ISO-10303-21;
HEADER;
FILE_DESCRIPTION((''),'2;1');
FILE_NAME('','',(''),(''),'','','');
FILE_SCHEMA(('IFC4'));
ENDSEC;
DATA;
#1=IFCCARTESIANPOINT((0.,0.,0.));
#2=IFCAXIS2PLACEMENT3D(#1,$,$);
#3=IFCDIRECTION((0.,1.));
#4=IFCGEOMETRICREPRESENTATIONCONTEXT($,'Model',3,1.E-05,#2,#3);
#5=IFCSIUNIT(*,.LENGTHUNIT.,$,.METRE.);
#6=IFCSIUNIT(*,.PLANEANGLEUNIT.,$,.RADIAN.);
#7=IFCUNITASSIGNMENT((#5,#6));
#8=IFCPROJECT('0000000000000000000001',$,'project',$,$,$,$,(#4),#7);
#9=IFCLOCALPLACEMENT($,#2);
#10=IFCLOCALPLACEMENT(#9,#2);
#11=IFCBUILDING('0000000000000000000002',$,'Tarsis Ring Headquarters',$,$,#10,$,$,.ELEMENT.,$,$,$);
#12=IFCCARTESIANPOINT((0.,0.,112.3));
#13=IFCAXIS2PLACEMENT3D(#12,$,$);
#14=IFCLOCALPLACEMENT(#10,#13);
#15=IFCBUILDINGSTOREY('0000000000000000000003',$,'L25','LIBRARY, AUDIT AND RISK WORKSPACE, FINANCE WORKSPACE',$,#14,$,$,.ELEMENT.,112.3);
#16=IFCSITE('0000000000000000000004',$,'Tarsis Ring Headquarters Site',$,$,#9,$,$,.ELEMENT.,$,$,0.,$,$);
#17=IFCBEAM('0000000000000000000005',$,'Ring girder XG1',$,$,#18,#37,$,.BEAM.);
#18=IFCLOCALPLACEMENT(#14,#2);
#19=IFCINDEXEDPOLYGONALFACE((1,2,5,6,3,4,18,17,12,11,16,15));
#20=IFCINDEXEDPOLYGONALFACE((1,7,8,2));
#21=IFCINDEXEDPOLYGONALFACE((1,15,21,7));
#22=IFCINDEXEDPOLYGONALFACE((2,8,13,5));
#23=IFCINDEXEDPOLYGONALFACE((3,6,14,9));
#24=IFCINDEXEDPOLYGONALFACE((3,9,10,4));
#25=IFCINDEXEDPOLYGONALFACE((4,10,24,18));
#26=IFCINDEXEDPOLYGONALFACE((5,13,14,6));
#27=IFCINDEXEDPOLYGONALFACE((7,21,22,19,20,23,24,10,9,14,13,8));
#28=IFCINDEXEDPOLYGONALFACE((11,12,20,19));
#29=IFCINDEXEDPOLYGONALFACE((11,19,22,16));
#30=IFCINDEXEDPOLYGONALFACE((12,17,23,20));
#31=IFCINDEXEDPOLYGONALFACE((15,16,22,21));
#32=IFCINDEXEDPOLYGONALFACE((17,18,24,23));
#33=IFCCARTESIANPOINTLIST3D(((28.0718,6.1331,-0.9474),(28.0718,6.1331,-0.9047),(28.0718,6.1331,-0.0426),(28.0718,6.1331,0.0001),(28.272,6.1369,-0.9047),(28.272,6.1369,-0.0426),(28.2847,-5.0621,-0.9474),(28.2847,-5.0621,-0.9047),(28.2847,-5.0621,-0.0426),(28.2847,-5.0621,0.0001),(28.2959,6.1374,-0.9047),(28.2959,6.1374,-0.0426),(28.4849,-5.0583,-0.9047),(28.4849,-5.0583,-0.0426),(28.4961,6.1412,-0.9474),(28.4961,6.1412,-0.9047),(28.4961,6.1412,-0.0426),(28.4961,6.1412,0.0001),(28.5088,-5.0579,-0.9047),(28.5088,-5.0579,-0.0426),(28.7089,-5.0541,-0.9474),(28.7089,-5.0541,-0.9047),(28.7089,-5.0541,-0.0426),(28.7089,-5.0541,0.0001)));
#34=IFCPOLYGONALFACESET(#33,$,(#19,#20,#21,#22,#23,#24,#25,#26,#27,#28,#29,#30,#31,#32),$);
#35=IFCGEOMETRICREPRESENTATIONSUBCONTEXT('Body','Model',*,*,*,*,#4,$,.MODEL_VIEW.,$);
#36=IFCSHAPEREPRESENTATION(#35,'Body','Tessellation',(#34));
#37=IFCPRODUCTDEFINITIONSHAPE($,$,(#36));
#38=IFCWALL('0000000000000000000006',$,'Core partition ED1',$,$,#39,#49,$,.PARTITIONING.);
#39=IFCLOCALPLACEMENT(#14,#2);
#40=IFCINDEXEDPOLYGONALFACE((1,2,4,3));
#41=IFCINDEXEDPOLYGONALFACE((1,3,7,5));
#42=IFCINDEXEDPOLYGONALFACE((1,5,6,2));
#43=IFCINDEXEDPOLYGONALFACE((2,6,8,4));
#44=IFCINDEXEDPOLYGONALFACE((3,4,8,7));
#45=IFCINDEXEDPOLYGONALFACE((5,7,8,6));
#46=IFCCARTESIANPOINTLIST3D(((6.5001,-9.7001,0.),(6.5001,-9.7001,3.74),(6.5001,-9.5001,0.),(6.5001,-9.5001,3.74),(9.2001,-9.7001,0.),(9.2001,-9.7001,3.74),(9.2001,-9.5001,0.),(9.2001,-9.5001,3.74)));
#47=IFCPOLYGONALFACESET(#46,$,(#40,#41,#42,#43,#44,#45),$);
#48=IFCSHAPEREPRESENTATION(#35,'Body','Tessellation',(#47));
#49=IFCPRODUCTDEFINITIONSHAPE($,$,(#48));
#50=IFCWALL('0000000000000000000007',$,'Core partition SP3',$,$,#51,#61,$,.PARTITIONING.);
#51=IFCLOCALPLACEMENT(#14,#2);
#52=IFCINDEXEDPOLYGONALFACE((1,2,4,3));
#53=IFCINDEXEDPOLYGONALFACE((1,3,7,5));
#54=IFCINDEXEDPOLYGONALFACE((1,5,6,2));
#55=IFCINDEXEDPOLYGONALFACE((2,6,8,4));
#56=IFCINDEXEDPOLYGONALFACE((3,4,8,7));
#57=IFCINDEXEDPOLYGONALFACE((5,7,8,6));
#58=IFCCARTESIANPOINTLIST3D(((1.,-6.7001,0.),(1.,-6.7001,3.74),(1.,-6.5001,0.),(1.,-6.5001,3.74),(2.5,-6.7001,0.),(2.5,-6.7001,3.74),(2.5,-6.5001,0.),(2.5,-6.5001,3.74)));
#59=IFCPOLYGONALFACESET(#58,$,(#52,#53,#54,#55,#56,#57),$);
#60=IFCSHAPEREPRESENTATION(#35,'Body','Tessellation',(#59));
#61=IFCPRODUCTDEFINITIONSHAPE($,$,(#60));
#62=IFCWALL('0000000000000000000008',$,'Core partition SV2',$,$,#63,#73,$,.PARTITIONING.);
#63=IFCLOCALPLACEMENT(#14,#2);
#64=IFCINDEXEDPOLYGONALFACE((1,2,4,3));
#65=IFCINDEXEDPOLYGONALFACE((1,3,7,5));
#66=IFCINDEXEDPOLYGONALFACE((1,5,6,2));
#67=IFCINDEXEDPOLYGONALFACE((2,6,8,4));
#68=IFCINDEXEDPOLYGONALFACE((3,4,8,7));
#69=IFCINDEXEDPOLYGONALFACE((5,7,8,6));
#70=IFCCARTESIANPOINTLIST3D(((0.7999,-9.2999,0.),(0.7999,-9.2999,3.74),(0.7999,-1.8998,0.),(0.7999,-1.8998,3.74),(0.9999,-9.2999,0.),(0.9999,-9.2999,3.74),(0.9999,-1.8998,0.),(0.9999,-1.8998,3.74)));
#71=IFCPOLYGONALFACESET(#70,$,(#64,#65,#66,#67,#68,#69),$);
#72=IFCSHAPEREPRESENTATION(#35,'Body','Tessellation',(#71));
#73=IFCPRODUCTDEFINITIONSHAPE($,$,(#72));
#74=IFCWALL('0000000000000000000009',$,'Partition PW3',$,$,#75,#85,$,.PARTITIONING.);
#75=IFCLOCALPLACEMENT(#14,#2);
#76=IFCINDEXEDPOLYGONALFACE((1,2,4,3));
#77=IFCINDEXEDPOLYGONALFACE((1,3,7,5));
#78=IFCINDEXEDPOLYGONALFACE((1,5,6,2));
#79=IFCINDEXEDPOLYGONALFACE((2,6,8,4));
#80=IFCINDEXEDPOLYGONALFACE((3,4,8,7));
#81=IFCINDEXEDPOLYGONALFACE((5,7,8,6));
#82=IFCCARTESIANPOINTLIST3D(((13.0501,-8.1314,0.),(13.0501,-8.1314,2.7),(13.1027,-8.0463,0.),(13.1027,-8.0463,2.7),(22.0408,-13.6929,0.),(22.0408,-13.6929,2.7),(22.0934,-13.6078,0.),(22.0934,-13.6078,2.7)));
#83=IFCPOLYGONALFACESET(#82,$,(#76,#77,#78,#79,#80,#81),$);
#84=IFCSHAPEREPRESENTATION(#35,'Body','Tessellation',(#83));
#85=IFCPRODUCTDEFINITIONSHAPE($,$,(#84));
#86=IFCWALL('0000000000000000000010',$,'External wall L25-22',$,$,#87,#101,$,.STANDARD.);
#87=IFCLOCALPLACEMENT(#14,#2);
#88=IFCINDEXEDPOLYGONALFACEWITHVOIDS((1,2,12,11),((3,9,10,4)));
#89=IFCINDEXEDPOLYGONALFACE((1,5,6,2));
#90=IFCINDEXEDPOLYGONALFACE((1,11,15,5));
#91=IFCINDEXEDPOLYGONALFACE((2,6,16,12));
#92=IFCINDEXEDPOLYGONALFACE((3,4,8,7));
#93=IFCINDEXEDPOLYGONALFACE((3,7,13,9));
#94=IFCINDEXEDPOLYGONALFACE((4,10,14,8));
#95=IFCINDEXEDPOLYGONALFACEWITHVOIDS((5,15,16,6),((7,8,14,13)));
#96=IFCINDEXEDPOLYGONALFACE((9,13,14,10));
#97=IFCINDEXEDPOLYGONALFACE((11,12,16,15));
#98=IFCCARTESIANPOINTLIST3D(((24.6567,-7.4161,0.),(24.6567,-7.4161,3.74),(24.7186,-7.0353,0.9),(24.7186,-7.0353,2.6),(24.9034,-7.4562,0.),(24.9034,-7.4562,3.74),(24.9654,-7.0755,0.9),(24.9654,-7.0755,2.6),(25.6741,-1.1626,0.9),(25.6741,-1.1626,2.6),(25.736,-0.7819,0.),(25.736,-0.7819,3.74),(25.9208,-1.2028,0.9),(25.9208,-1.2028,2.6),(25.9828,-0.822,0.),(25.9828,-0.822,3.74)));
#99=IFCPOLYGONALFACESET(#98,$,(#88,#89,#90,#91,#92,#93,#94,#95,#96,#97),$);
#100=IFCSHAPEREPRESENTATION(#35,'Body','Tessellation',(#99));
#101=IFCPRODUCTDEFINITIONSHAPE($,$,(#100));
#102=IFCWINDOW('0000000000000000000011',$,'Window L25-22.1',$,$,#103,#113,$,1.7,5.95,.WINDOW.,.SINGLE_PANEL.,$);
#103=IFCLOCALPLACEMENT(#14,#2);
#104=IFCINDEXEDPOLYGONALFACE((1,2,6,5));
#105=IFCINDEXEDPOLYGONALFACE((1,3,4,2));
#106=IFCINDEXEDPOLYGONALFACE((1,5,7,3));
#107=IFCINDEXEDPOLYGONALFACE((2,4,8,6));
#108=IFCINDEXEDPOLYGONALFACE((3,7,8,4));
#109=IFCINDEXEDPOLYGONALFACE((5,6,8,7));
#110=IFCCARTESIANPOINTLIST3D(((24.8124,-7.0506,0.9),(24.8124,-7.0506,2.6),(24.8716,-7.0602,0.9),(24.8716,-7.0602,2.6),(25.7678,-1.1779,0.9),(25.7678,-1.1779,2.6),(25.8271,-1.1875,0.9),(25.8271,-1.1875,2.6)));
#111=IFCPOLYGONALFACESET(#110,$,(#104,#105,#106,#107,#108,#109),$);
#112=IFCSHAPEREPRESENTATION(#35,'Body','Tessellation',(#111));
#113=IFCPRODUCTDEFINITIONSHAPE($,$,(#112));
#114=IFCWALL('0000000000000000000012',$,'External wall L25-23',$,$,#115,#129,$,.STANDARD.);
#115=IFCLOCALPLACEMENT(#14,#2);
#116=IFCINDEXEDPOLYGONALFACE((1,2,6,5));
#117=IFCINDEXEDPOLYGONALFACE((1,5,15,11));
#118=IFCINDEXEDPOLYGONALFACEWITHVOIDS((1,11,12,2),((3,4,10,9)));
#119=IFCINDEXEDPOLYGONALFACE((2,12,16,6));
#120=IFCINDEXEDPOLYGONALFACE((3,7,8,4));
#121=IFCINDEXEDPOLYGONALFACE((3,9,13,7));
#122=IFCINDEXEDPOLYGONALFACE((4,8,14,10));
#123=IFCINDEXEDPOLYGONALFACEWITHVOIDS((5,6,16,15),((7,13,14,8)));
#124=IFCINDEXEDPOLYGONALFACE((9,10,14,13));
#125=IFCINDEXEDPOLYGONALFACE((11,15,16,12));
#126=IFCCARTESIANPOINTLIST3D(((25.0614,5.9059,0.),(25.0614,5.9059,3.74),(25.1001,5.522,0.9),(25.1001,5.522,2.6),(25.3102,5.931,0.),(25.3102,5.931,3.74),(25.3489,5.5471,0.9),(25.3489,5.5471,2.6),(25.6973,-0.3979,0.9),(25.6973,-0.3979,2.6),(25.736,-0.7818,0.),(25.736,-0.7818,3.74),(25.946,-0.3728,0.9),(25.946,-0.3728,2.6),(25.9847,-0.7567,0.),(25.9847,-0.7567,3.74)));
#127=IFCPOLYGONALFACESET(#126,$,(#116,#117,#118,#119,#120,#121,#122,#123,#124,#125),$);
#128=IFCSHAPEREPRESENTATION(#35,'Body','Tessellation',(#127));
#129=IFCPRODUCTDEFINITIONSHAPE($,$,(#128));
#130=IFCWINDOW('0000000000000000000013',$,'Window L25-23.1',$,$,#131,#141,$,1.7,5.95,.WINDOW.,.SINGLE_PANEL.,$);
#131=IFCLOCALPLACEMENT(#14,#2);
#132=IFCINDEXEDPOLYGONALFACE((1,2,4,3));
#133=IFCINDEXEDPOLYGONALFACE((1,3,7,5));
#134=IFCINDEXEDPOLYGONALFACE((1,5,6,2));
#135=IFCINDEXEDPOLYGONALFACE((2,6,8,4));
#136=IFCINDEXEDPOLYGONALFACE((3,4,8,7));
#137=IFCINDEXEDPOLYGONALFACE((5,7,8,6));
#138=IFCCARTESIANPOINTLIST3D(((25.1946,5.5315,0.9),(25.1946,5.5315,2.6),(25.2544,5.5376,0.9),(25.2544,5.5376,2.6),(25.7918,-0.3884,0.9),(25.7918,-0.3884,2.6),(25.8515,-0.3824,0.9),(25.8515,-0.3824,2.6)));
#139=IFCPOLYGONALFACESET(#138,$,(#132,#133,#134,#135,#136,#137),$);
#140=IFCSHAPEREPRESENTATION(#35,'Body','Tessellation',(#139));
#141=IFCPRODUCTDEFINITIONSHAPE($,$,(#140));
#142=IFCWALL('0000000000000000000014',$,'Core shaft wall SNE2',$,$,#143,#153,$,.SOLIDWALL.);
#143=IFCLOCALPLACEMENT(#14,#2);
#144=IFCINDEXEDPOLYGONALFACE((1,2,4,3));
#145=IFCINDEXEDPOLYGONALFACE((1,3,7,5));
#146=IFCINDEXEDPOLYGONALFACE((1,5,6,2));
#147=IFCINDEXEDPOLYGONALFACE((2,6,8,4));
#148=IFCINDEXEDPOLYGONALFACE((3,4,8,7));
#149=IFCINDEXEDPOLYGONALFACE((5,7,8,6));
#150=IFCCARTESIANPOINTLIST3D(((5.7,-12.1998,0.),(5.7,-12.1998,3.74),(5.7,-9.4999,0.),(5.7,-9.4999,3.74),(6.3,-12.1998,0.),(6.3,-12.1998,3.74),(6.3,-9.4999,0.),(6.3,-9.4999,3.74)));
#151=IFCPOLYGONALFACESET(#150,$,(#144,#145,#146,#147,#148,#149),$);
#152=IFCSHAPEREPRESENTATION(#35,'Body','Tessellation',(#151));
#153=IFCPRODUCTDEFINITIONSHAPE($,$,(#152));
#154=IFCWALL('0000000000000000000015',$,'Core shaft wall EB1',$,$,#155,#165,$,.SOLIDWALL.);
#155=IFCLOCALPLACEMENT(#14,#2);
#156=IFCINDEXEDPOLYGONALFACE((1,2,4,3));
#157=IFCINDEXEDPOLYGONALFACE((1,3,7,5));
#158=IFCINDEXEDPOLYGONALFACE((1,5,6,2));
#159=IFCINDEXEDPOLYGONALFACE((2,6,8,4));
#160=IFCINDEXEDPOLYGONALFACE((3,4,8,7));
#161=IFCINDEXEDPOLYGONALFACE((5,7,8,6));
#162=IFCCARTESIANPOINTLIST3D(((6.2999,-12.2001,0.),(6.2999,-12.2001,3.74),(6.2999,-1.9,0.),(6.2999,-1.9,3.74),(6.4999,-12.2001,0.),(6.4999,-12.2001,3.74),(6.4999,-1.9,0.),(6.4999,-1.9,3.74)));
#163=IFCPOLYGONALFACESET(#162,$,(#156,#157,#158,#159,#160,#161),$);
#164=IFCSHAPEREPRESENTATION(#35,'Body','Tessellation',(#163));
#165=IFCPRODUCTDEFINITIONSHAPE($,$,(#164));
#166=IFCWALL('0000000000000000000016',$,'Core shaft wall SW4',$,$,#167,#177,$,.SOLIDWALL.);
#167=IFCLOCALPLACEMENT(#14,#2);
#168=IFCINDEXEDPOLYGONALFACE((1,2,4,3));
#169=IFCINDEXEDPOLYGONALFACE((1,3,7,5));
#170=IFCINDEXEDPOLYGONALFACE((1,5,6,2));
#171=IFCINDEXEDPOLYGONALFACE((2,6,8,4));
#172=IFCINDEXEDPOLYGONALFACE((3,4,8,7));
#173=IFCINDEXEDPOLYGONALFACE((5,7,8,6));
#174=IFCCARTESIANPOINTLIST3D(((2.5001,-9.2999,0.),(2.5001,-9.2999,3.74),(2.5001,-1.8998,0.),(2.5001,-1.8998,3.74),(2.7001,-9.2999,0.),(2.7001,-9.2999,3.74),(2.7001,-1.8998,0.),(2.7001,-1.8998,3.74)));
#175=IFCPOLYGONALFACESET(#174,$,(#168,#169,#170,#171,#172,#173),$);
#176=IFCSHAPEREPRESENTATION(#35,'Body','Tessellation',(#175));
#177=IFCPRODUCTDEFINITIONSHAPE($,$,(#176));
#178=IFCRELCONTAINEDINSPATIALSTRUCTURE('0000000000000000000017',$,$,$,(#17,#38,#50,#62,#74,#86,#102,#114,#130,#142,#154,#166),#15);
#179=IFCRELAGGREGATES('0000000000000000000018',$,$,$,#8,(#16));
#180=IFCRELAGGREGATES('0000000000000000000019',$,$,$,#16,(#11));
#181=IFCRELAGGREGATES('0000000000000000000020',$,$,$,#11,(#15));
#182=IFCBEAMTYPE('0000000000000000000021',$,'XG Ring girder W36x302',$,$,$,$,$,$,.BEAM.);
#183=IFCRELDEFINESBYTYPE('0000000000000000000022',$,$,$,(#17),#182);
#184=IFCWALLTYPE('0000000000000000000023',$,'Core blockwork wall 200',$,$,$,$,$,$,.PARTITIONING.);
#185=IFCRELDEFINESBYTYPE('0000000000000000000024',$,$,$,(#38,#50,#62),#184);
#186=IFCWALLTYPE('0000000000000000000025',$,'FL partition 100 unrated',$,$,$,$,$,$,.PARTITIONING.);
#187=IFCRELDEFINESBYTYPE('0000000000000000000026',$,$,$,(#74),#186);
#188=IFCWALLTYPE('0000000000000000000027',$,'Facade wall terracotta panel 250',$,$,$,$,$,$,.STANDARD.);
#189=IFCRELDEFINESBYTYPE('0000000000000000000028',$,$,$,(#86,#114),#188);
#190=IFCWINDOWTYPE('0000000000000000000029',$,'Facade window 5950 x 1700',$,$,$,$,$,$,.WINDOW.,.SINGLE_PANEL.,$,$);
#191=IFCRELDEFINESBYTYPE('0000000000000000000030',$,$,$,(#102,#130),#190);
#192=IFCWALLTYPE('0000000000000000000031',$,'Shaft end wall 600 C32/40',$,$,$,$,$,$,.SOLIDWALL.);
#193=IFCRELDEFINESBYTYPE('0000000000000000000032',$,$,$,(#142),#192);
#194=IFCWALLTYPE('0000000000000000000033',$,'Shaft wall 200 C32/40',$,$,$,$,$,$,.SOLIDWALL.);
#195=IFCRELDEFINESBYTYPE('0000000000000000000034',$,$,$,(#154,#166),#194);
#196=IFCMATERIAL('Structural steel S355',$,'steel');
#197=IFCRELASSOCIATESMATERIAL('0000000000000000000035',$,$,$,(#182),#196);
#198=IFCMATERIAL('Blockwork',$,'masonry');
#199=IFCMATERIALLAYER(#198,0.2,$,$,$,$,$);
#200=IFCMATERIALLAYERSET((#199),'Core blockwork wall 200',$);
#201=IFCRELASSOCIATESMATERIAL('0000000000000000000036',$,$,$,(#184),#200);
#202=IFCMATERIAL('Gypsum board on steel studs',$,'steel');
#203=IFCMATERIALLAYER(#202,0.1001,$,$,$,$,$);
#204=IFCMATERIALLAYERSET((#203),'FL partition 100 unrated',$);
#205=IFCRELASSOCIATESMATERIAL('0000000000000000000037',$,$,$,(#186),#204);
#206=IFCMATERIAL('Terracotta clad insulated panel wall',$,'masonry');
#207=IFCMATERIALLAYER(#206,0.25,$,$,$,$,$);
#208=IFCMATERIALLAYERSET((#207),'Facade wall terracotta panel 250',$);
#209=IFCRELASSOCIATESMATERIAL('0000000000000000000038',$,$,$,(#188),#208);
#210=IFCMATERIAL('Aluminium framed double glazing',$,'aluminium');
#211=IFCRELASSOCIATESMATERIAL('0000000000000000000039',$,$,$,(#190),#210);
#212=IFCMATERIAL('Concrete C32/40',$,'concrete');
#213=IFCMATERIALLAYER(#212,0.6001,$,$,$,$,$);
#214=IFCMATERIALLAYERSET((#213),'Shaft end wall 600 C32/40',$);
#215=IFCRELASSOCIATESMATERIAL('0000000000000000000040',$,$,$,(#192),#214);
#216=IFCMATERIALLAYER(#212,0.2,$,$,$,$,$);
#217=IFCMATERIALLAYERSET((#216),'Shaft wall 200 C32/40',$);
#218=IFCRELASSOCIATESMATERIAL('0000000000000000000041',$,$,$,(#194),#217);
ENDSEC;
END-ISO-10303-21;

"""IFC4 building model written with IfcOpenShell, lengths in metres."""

from ifc_helpers import new_model, si_unit, direction, frame, frame_2d, origin, origin_2d, place, context, subcontext, project, spatial, rectangle, i_section, extrude, material, layer, layer_set, material_profile, profile_set, type_object, element, fill, save


model = new_model("IFC4")

# Units and contexts
model_context = context("Model", 3, precision=1e-05, world=origin(), true_north=direction((0.0, 1.0)))
body_context = subcontext(model_context, "Body", "Model", "MODEL_VIEW")
ifc_project = project(units=[si_unit("LENGTHUNIT", "METRE"), si_unit("PLANEANGLEUNIT", "RADIAN")], contexts=[model_context])

# Site, building, storey
site_placement = place(None, origin())
site = spatial("IfcSite", under=ifc_project, at=site_placement, Name="Tarsis Ring Headquarters Site", CompositionType="ELEMENT", RefElevation=0.0)
building_placement = place(site_placement, origin())
building = spatial("IfcBuilding", under=site, at=building_placement, Name="Tarsis Ring Headquarters", CompositionType="ELEMENT")
storey_placement = place(building_placement, frame((0.0, 0.0, 112.3)))
storey = spatial("IfcBuildingStorey", under=building, at=storey_placement, Name="L25", Description="LIBRARY, AUDIT AND RISK WORKSPACE, FINANCE WORKSPACE", CompositionType="ELEMENT", Elevation=112.3)

# Shared definitions
ifc_material_1 = material(Name="Structural steel S355", Category="steel")

# Beam
ifc_material_profile_1 = material_profile(ifc_material_1, i_section(OverallWidth=0.4243, OverallDepth=0.9475, WebThickness=0.0239, FlangeThickness=0.0427, at=origin_2d()), Name="W36x302")
ifc_profile_set_1 = profile_set([ifc_material_profile_1], Name="Structural steel S355")
beam_type_1 = type_object("IfcBeamType", Name="XG Ring girder W36x302", PredefinedType="BEAM", material=ifc_profile_set_1)
beam_1_placement = place(storey_placement, frame((28.4968, -5.0581, -0.4736), z_axis=(-0.019013, 0.999819, 0.0), x_axis=(-0.999819, -0.019013, 0.0)))
element("IfcBeam", 1, at=beam_1_placement, inside=storey, type_object=beam_type_1, Name="Ring girder XG1", PredefinedType="BEAM", context=body_context, shape_type="SweptSolid", body=[
    extrude(i_section(OverallWidth=0.4243, OverallDepth=0.9475, WebThickness=0.0239, FlangeThickness=0.0427, at=origin_2d()), origin(), (0.0, 0.0, 1.0), 11.1973),
])

# Walls
ifc_material_2 = material(Name="Blockwork", Category="masonry")
ifc_layer_1 = layer(ifc_material_2, 0.2)
ifc_layer_set_1 = layer_set([ifc_layer_1], Name="Core blockwork wall 200")
wall_type_1 = type_object("IfcWallType", Name="Core blockwork wall 200", PredefinedType="PARTITIONING", material=ifc_layer_set_1)
wall_1_placement = place(storey_placement, frame((6.5, -9.6001, 0.0), z_axis=(0.0, 0.0, 1.0), x_axis=(1.0, 0.0, 0.0)))
element("IfcWall", 2, at=wall_1_placement, inside=storey, type_object=wall_type_1, Name="Core partition ED1", PredefinedType="PARTITIONING", context=body_context, shape_type="SweptSolid", body=[
    extrude(rectangle(XDim=2.7, YDim=0.2, at=frame_2d((1.3501, 0.0))), origin(), (0.0, 0.0, 1.0), 3.74),
])
wall_2_placement = place(storey_placement, frame((1.0, -6.6001, 0.0), z_axis=(0.0, 0.0, 1.0), x_axis=(1.0, 0.0, 0.0)))
element("IfcWall", 3, at=wall_2_placement, inside=storey, type_object=wall_type_1, Name="Core partition SP3", PredefinedType="PARTITIONING", context=body_context, shape_type="SweptSolid", body=[
    extrude(rectangle(XDim=1.5, YDim=0.2, at=frame_2d((0.75, 0.0))), origin(), (0.0, 0.0, 1.0), 3.74),
])
wall_3_placement = place(storey_placement, frame((0.8999, -9.3, 0.0), z_axis=(0.0, 0.0, 1.0), x_axis=(0.0, 1.0, 0.0)))
element("IfcWall", 4, at=wall_3_placement, inside=storey, type_object=wall_type_1, Name="Core partition SV2", PredefinedType="PARTITIONING", context=body_context, shape_type="SweptSolid", body=[
    extrude(rectangle(XDim=7.4001, YDim=0.2, at=frame_2d((3.7002, 0.0))), origin(), (0.0, 0.0, 1.0), 3.74),
])
ifc_material_3 = material(Name="Gypsum board on steel studs", Category="steel")
ifc_layer_2 = layer(ifc_material_3, 0.1001)
ifc_layer_set_2 = layer_set([ifc_layer_2], Name="FL partition 100 unrated")
wall_type_2 = type_object("IfcWallType", Name="FL partition 100 unrated", PredefinedType="PARTITIONING", material=ifc_layer_set_2)
wall_4_placement = place(storey_placement, frame((13.0764, -8.0889, 0.0), z_axis=(0.0, 0.0, 1.0), x_axis=(0.850441, -0.52607, 0.0)))
element("IfcWall", 5, at=wall_4_placement, inside=storey, type_object=wall_type_2, Name="Partition PW3", PredefinedType="PARTITIONING", context=body_context, shape_type="SweptSolid", body=[
    extrude(rectangle(XDim=10.5718, YDim=0.1001, at=frame_2d((5.2859, 0.0))), origin(), (0.0, 0.0, 1.0), 2.7),
])

# Walls, openings, windows
ifc_material_4 = material(Name="Terracotta clad insulated panel wall", Category="masonry")
ifc_layer_3 = layer(ifc_material_4, 0.25)
ifc_layer_set_3 = layer_set([ifc_layer_3], Name="Facade wall terracotta panel 250")
wall_type_3 = type_object("IfcWallType", Name="Facade wall terracotta panel 250", PredefinedType="STANDARD", material=ifc_layer_set_3)
wall_5_placement = place(storey_placement, frame((24.78, -7.4363, 0.0), z_axis=(0.0, 0.0, 1.0), x_axis=(0.160581, 0.987023, 0.0)))
wall_5 = element("IfcWall", 6, at=wall_5_placement, inside=storey, type_object=wall_type_3, Name="External wall L25-22", PredefinedType="STANDARD", context=body_context, shape_type="SweptSolid", body=[
    extrude(rectangle(XDim=6.7214, YDim=0.25, at=frame_2d((3.3608, 0.0))), origin(), (0.0, 0.0, 1.0), 3.74),
])
opening_1_placement = place(wall_5_placement, frame((0.3857, 0.0, 0.8999)))
opening_1 = element("IfcOpeningElement", 7, at=opening_1_placement, cuts=wall_5, PredefinedType="OPENING", context=body_context, shape_type="SweptSolid", body=[
    extrude(rectangle(XDim=5.95, YDim=1.7, at=frame_2d((2.9751, 0.8501))), frame((0.0, 0.135, 0.0), z_axis=(0.0, -1.0, 0.0), x_axis=(1.0, 0.0, 0.0)), (0.0, 0.0, 1.0), 0.27),
])
ifc_material_5 = material(Name="Aluminium framed double glazing", Category="aluminium")
window_type = type_object("IfcWindowType", Name="Facade window 5950 x 1700", PartitioningType="SINGLE_PANEL", PredefinedType="WINDOW", material=ifc_material_5)
window_1_placement = place(opening_1_placement, origin())
window_1 = element("IfcWindow", 8, at=window_1_placement, inside=storey, type_object=window_type, Name="Window L25-22.1", OverallHeight=1.7, OverallWidth=5.95, PartitioningType="SINGLE_PANEL", PredefinedType="WINDOW", context=body_context, shape_type="SweptSolid", body=[
    extrude(rectangle(XDim=5.95, YDim=1.7, at=frame_2d((2.9751, 0.8501))), frame((0.0, 0.03, 0.0), z_axis=(0.0, -1.0, 0.0), x_axis=(1.0, 0.0, 0.0)), (0.0, 0.0, 1.0), 0.0601),
])
fill(opening_1, window_1)
wall_6_placement = place(storey_placement, frame((25.8604, -0.7693, 0.0), z_axis=(0.0, 0.0, 1.0), x_axis=(-0.100356, 0.994952, 0.0)))
wall_6 = element("IfcWall", 9, at=wall_6_placement, inside=storey, type_object=wall_type_3, Name="External wall L25-23", PredefinedType="STANDARD", context=body_context, shape_type="SweptSolid", body=[
    extrude(rectangle(XDim=6.7217, YDim=0.25, at=frame_2d((3.3608, 0.0))), origin(), (0.0, 0.0, 1.0), 3.74),
])
opening_2_placement = place(wall_6_placement, frame((0.3857, 0.0, 0.8999)))
opening_2 = element("IfcOpeningElement", 10, at=opening_2_placement, cuts=wall_6, PredefinedType="OPENING", context=body_context, shape_type="SweptSolid", body=[
    extrude(rectangle(XDim=5.95, YDim=1.7, at=frame_2d((2.9751, 0.8501))), frame((0.0, 0.135, 0.0), z_axis=(0.0, -1.0, 0.0), x_axis=(1.0, 0.0, 0.0)), (0.0, 0.0, 1.0), 0.27),
])
window_2_placement = place(opening_2_placement, origin())
window_2 = element("IfcWindow", 11, at=window_2_placement, inside=storey, type_object=window_type, Name="Window L25-23.1", OverallHeight=1.7, OverallWidth=5.95, PartitioningType="SINGLE_PANEL", PredefinedType="WINDOW", context=body_context, shape_type="SweptSolid", body=[
    extrude(rectangle(XDim=5.95, YDim=1.7, at=frame_2d((2.9751, 0.8501))), frame((0.0, 0.03, 0.0), z_axis=(0.0, -1.0, 0.0), x_axis=(1.0, 0.0, 0.0)), (0.0, 0.0, 1.0), 0.0601),
])
fill(opening_2, window_2)

# Walls
ifc_material_6 = material(Name="Concrete C32/40", Category="concrete")
ifc_layer_4 = layer(ifc_material_6, 0.6001)
ifc_layer_set_4 = layer_set([ifc_layer_4], Name="Shaft end wall 600 C32/40")
wall_type_4 = type_object("IfcWallType", Name="Shaft end wall 600 C32/40", PredefinedType="SOLIDWALL", material=ifc_layer_set_4)
wall_7_placement = place(storey_placement, frame((6.0, -12.2, 0.0), z_axis=(0.0, 0.0, 1.0), x_axis=(0.0, 1.0, 0.0)))
element("IfcWall", 12, at=wall_7_placement, inside=storey, type_object=wall_type_4, Name="Core shaft wall SNE2", PredefinedType="SOLIDWALL", context=body_context, shape_type="SweptSolid", body=[
    extrude(rectangle(XDim=2.7, YDim=0.6001, at=frame_2d((1.3501, 0.0))), origin(), (0.0, 0.0, 1.0), 3.74),
])
ifc_layer_5 = layer(ifc_material_6, 0.2)
ifc_layer_set_5 = layer_set([ifc_layer_5], Name="Shaft wall 200 C32/40")
wall_type_5 = type_object("IfcWallType", Name="Shaft wall 200 C32/40", PredefinedType="SOLIDWALL", material=ifc_layer_set_5)
wall_8_placement = place(storey_placement, frame((6.3999, -12.2, 0.0), z_axis=(0.0, 0.0, 1.0), x_axis=(0.0, 1.0, 0.0)))
element("IfcWall", 13, at=wall_8_placement, inside=storey, type_object=wall_type_5, Name="Core shaft wall EB1", PredefinedType="SOLIDWALL", context=body_context, shape_type="SweptSolid", body=[
    extrude(rectangle(XDim=10.3, YDim=0.2, at=frame_2d((5.1499, 0.0))), origin(), (0.0, 0.0, 1.0), 3.74),
])
wall_9_placement = place(storey_placement, frame((2.6001, -9.3, 0.0), z_axis=(0.0, 0.0, 1.0), x_axis=(0.0, 1.0, 0.0)))
element("IfcWall", 14, at=wall_9_placement, inside=storey, type_object=wall_type_5, Name="Core shaft wall SW4", PredefinedType="SOLIDWALL", context=body_context, shape_type="SweptSolid", body=[
    extrude(rectangle(XDim=7.4001, YDim=0.2, at=frame_2d((3.7002, 0.0))), origin(), (0.0, 0.0, 1.0), 3.74),
])

save(model, "model.ifc")
